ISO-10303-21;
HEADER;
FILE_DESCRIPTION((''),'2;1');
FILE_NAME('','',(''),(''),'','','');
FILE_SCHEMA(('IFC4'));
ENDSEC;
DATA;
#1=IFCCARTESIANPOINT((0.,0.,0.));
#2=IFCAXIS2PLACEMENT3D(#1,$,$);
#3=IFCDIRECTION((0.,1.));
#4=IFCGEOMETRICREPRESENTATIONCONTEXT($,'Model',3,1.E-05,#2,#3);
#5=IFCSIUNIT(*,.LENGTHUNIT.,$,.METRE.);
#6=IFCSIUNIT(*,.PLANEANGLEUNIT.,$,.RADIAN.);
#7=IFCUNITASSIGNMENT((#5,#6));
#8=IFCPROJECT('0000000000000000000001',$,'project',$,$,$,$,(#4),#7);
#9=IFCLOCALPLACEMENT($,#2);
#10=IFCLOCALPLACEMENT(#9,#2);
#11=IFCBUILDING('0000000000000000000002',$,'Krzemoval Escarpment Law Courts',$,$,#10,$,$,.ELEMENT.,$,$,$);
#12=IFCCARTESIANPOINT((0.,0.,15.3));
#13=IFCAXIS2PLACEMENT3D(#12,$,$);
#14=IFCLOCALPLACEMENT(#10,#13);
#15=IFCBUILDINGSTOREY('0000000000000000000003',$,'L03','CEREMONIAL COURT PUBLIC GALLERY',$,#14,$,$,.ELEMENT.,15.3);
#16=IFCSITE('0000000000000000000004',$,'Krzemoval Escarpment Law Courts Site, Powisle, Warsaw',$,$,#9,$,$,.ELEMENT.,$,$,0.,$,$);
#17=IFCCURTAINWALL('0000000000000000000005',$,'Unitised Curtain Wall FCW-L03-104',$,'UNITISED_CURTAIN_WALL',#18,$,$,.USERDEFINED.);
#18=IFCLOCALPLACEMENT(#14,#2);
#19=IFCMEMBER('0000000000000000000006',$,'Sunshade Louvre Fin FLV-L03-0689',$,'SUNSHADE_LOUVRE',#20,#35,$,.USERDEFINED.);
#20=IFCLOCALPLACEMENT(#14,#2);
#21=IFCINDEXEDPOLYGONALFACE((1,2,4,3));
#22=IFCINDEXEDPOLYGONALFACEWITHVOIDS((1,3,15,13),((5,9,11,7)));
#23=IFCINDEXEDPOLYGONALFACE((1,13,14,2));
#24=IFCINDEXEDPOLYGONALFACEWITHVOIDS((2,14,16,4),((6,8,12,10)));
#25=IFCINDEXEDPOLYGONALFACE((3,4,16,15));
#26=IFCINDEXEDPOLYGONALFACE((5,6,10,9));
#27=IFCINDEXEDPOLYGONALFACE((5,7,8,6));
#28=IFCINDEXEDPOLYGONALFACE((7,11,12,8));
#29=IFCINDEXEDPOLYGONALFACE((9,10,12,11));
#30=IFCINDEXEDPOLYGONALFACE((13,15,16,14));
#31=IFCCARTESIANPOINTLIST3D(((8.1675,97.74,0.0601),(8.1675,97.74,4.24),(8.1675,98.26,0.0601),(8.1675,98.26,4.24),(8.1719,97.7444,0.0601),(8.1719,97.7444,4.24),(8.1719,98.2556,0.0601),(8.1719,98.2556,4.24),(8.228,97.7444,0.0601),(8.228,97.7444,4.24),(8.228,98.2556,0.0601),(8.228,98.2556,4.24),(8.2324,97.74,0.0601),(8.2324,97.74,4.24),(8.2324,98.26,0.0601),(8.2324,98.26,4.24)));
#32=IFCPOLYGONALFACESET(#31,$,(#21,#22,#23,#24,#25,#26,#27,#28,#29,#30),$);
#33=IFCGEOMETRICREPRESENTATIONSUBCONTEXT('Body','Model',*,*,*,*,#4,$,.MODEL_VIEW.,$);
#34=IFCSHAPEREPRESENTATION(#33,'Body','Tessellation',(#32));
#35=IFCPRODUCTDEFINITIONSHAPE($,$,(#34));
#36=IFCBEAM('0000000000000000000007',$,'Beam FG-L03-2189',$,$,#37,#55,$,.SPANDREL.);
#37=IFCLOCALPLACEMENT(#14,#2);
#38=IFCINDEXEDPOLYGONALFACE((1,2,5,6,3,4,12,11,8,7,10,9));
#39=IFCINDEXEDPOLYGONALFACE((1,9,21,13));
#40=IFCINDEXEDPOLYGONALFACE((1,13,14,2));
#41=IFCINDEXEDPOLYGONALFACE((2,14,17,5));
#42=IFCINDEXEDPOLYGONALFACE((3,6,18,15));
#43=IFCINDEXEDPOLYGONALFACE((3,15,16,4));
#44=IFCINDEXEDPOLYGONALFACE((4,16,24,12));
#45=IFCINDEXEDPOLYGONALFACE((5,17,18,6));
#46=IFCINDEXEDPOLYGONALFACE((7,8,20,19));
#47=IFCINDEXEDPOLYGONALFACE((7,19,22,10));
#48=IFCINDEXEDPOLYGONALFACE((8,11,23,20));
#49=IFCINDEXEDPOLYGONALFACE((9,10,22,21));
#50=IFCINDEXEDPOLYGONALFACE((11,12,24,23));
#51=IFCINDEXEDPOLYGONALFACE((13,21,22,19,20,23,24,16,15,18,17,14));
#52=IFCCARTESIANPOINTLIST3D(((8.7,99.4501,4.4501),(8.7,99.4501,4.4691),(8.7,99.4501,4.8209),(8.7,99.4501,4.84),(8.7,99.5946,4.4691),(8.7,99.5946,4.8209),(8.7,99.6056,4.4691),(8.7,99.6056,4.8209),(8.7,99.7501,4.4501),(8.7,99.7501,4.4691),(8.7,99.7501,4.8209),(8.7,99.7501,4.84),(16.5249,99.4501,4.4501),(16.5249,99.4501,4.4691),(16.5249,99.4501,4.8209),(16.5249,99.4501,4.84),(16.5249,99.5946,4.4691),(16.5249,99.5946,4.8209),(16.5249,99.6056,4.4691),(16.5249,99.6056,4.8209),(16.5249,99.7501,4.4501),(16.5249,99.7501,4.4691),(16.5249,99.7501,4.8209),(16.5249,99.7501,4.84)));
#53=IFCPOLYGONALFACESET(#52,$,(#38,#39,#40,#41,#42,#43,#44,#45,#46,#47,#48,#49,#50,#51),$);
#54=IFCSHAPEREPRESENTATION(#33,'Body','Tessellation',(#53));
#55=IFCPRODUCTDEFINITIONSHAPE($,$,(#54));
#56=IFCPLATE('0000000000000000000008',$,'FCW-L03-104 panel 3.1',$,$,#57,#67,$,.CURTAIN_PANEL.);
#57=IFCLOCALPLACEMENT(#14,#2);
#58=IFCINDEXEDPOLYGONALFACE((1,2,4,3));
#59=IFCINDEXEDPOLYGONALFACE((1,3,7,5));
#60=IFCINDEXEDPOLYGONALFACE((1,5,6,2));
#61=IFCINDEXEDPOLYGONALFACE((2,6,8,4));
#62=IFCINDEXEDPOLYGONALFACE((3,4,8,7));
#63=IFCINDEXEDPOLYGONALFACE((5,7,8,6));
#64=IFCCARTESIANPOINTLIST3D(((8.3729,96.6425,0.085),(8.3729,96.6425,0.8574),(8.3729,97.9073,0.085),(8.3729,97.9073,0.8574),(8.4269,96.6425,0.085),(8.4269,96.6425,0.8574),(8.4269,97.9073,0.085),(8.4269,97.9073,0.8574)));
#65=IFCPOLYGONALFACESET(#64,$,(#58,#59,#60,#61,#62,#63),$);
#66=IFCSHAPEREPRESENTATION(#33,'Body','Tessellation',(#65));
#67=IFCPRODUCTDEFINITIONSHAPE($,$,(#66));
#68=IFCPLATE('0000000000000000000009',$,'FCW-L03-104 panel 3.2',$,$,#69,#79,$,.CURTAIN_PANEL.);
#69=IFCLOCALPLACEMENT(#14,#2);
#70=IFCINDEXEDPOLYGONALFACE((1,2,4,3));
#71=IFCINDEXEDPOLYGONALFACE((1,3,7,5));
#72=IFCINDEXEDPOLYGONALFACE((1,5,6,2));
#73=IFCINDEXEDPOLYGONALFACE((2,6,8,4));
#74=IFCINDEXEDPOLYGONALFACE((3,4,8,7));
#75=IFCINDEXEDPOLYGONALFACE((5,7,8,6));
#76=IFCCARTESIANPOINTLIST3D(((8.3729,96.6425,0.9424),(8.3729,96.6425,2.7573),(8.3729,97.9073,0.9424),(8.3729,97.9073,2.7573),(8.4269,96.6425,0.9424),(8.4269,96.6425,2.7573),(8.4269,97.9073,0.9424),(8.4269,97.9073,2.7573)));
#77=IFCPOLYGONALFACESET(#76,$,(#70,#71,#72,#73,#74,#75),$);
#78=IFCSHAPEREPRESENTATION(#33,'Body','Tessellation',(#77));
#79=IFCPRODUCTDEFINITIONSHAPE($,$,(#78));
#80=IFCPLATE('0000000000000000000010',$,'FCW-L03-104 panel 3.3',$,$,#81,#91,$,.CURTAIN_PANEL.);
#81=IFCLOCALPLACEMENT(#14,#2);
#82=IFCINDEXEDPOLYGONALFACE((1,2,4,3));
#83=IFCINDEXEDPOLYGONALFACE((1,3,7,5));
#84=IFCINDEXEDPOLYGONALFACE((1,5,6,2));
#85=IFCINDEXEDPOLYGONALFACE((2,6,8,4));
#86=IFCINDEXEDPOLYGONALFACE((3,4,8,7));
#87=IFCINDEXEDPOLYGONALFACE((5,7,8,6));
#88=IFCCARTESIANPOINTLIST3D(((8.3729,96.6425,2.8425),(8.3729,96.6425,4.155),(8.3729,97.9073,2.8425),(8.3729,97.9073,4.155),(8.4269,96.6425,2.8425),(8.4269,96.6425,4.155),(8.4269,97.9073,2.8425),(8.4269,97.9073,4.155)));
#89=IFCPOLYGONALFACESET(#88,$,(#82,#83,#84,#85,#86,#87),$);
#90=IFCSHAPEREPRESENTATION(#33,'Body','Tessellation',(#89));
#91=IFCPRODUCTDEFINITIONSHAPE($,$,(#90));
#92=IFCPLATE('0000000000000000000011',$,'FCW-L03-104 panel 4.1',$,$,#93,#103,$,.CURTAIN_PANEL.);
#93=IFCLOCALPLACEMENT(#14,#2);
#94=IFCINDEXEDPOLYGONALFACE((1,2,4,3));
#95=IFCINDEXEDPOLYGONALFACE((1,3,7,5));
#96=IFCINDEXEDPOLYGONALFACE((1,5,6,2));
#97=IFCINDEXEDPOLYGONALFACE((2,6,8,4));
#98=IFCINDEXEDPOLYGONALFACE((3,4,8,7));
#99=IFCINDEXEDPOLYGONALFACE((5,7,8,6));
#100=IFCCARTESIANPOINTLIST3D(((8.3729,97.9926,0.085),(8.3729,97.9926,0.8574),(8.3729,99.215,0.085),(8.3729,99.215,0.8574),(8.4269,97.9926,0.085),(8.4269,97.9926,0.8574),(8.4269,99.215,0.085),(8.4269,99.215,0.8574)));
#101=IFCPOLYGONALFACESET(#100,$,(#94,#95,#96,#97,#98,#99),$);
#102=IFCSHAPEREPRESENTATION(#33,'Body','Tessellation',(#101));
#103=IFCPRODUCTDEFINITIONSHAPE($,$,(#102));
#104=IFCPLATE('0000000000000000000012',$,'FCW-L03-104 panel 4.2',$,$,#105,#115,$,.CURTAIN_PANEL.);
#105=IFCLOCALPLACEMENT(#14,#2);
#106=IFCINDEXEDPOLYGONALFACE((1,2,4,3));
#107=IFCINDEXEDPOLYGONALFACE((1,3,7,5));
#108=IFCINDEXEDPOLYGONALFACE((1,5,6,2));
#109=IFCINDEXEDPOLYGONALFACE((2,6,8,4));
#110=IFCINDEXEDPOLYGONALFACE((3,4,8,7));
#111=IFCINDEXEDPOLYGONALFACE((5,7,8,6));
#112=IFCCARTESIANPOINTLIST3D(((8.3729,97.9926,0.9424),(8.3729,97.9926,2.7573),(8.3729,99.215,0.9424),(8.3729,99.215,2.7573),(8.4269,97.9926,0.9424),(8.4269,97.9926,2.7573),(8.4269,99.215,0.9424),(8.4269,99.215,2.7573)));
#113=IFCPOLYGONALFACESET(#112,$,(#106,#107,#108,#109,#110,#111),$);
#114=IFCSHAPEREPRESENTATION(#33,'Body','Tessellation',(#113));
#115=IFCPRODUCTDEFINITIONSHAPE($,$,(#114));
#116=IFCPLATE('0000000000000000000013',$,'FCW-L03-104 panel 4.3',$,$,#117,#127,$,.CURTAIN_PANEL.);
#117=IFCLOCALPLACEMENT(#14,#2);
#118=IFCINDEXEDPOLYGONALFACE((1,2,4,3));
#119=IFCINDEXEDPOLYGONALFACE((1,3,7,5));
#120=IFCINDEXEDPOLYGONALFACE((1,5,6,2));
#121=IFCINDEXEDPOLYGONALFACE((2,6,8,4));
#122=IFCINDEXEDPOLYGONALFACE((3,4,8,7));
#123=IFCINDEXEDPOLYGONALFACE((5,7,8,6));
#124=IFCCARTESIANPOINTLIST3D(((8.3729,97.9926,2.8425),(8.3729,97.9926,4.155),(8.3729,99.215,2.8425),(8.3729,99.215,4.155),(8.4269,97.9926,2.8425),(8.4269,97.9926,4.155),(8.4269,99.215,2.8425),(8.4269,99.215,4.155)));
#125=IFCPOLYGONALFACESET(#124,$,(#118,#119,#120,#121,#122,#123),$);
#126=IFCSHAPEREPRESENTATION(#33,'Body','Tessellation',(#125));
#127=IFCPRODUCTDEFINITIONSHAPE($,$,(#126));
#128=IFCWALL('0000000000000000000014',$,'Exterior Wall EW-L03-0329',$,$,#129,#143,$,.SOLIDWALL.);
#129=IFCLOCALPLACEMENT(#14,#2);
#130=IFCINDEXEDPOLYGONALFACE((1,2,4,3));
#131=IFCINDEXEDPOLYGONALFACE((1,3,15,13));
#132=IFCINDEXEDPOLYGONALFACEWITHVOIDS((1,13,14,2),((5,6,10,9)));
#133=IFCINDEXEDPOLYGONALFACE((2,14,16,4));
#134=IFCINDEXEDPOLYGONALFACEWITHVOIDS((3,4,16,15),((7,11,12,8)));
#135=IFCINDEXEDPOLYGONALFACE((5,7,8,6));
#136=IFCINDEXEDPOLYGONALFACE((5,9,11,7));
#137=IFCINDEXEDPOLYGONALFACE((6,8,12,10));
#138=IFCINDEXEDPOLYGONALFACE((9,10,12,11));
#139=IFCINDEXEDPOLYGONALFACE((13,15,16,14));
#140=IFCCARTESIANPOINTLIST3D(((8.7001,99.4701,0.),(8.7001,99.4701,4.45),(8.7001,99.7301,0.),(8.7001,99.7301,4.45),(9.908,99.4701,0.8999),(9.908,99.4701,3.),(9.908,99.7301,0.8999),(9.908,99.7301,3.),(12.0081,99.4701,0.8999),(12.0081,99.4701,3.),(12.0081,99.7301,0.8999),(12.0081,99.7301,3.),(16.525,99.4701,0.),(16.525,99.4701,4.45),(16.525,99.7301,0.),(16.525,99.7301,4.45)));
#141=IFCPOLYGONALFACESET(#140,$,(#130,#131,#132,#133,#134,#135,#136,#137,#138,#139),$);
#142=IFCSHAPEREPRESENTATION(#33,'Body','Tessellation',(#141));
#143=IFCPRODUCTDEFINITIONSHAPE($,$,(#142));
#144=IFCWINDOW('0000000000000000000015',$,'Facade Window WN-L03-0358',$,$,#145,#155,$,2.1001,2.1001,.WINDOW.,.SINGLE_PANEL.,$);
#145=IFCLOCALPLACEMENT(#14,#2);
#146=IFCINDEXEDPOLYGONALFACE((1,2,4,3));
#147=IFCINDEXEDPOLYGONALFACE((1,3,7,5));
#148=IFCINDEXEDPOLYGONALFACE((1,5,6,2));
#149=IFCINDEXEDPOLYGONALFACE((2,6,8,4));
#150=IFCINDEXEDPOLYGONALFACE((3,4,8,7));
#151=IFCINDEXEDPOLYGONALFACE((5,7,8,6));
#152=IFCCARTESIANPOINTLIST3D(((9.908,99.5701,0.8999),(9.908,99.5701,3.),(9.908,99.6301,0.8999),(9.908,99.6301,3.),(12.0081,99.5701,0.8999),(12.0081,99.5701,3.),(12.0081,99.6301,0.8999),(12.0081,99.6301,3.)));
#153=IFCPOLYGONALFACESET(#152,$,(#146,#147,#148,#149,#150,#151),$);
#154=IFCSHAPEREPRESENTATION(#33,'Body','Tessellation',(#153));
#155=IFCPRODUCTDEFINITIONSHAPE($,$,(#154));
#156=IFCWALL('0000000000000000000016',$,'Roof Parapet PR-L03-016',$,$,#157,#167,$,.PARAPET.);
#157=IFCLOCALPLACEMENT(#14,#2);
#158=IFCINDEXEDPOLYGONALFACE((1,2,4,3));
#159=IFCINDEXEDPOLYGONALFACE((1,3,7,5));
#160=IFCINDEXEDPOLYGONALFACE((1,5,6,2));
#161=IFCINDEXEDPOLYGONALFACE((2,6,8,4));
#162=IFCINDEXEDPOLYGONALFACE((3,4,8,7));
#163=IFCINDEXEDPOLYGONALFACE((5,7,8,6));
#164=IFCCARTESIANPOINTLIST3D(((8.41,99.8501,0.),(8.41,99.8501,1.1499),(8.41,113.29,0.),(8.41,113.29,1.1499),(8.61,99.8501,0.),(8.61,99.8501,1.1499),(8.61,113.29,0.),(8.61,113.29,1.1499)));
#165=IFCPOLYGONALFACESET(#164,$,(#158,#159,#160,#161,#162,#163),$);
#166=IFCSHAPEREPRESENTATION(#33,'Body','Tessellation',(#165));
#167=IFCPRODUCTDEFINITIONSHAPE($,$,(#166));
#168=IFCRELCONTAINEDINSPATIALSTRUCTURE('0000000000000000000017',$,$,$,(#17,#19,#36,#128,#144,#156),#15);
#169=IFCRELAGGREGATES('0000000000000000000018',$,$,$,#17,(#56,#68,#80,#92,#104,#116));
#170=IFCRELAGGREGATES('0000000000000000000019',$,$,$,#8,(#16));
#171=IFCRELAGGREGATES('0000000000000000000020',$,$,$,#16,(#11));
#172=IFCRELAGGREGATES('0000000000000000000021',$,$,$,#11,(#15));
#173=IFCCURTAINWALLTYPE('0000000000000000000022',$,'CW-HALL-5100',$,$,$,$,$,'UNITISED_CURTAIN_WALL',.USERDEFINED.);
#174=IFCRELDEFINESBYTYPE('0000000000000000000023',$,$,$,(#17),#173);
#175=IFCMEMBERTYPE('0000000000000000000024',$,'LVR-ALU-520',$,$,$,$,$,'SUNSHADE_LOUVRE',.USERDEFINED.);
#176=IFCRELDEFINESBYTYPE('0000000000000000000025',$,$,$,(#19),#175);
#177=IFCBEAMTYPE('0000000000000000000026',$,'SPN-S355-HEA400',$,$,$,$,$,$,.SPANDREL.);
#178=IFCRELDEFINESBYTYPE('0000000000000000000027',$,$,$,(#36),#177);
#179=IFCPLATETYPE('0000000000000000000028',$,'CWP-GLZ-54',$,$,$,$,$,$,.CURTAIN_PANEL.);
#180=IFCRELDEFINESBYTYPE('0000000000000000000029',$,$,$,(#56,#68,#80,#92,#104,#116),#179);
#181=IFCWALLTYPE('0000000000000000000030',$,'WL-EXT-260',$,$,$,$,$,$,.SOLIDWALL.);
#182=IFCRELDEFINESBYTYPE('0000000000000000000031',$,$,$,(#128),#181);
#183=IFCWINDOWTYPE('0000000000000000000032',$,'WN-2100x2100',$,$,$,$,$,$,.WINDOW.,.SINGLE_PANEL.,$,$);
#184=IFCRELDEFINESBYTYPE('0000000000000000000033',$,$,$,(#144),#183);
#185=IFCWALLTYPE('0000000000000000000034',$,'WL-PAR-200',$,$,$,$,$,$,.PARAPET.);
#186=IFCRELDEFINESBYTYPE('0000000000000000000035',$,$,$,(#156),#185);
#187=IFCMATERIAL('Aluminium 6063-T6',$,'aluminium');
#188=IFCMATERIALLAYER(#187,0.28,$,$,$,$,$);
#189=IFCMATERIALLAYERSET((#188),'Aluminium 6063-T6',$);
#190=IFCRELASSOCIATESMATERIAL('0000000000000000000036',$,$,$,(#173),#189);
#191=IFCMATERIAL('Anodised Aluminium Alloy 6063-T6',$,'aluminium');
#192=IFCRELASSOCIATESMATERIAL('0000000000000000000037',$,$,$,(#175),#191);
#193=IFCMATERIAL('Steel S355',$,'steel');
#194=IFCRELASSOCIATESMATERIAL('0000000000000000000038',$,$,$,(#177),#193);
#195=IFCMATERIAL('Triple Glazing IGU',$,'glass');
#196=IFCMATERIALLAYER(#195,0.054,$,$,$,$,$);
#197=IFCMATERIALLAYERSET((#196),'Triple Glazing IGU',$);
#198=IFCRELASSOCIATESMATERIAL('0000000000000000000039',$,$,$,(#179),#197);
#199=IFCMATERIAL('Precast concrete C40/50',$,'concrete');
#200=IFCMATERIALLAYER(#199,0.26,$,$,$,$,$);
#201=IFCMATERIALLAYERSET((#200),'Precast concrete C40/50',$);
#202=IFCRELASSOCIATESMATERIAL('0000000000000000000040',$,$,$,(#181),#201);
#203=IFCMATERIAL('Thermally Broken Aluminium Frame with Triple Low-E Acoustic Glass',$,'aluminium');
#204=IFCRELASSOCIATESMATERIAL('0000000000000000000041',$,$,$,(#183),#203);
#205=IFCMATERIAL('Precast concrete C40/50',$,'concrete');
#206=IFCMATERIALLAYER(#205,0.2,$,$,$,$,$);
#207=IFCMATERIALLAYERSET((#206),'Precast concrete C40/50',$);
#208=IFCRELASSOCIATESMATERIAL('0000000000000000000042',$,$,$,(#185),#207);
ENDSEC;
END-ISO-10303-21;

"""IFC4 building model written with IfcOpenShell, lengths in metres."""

from ifc_helpers import new_model, si_unit, direction, frame, frame_2d, origin, origin_2d, place, context, subcontext, project, spatial, rectangle, hollow_rectangle, i_section, extrude, material, layer, layer_set, material_profile, profile_set, type_object, element, fill, aggregate, save


model = new_model("IFC4")

# Units and contexts
model_context = context("Model", 3, precision=1e-05, world=origin(), true_north=direction((0.0, 1.0)))
body_context = subcontext(model_context, "Body", "Model", "MODEL_VIEW")
ifc_project = project(units=[si_unit("LENGTHUNIT", "METRE"), si_unit("PLANEANGLEUNIT", "RADIAN")], contexts=[model_context])

# Site, building, storey
site_placement = place(None, origin())
site = spatial("IfcSite", under=ifc_project, at=site_placement, Name="Krzemoval Escarpment Law Courts Site, Powisle, Warsaw", CompositionType="ELEMENT", RefElevation=0.0)
building_placement = place(site_placement, origin())
building = spatial("IfcBuilding", under=site, at=building_placement, Name="Krzemoval Escarpment Law Courts", CompositionType="ELEMENT")
storey_placement = place(building_placement, frame((0.0, 0.0, 15.3)))
storey = spatial("IfcBuildingStorey", under=building, at=storey_placement, Name="L03", Description="CEREMONIAL COURT PUBLIC GALLERY", CompositionType="ELEMENT", Elevation=15.3)

# Curtain wall
ifc_material_1 = material(Name="Aluminium 6063-T6", Category="aluminium")
ifc_layer_1 = layer(ifc_material_1, 0.28)
ifc_layer_set_1 = layer_set([ifc_layer_1], Name="Aluminium 6063-T6")
curtain_wall_type = type_object("IfcCurtainWallType", Name="CW-HALL-5100", ElementType="UNITISED_CURTAIN_WALL", PredefinedType="USERDEFINED", material=ifc_layer_set_1)
curtain_wall_placement = place(storey_placement, origin())
curtain_wall = element("IfcCurtainWall", 1, at=curtain_wall_placement, inside=storey, type_object=curtain_wall_type, Name="Unitised Curtain Wall FCW-L03-104", ObjectType="UNITISED_CURTAIN_WALL", PredefinedType="USERDEFINED")

# Member
ifc_material_2 = material(Name="Anodised Aluminium Alloy 6063-T6", Category="aluminium")
ifc_material_profile_1 = material_profile(ifc_material_2, hollow_rectangle(XDim=0.0649, YDim=0.52, WallThickness=0.0044, at=origin_2d()), Name="ALU LVR 65x520")
ifc_profile_set_1 = profile_set([ifc_material_profile_1], Name="Anodised Aluminium Alloy 6063-T6")
member_type_1 = type_object("IfcMemberType", Name="LVR-ALU-520", ElementType="SUNSHADE_LOUVRE", PredefinedType="USERDEFINED", material=ifc_profile_set_1)
for number, where, z_axis, x_axis, name in (
    (2, (8.2, 98.0, 0.0601), (0.0, 0.0, 1.0), (1.0, 0.0, 0.0), "Sunshade Louvre Fin FLV-L03-0689"),
):
    element("IfcMember", number, at=place(storey_placement, frame(where, z_axis=z_axis, x_axis=x_axis)), inside=storey, type_object=member_type_1, Name=name, ObjectType="SUNSHADE_LOUVRE", PredefinedType="USERDEFINED", context=body_context, shape_type="SweptSolid", body=[
        extrude(hollow_rectangle(XDim=0.0649, YDim=0.52, WallThickness=0.0044, at=origin_2d()), origin(), (0.0, 0.0, 1.0), 4.1799),
    ])

# Beam
ifc_material_3 = material(Name="Steel S355", Category="steel")
ifc_material_profile_2 = material_profile(ifc_material_3, i_section(OverallWidth=0.3, OverallDepth=0.3899, WebThickness=0.011, FlangeThickness=0.019, at=origin_2d()), Name="HEA 400")
ifc_profile_set_2 = profile_set([ifc_material_profile_2], Name="Steel S355")
beam_type = type_object("IfcBeamType", Name="SPN-S355-HEA400", PredefinedType="SPANDREL", material=ifc_profile_set_2)
beam_placement = place(storey_placement, frame((8.7, 99.6001, 4.645), z_axis=(1.0, 0.0, 0.0), x_axis=(0.0, 1.0, 0.0)))
element("IfcBeam", 3, at=beam_placement, inside=storey, type_object=beam_type, Name="Beam FG-L03-2189", PredefinedType="SPANDREL", context=body_context, shape_type="SweptSolid", body=[
    extrude(i_section(OverallWidth=0.3, OverallDepth=0.3899, WebThickness=0.011, FlangeThickness=0.019, at=origin_2d()), origin(), (0.0, 0.0, 1.0), 7.825),
])

# Plates
ifc_material_4 = material(Name="Triple Glazing IGU", Category="glass")
ifc_layer_2 = layer(ifc_material_4, 0.054)
ifc_layer_set_2 = layer_set([ifc_layer_2], Name="Triple Glazing IGU")
plate_type = type_object("IfcPlateType", Name="CWP-GLZ-54", PredefinedType="CURTAIN_PANEL", material=ifc_layer_set_2)
plate_1_placement = place(storey_placement, frame((8.3999, 97.2749, 0.085), z_axis=(0.0, 0.0, 1.0), x_axis=(0.0, 1.0, 0.0)))
plate_1 = element("IfcPlate", 4, at=plate_1_placement, type_object=plate_type, Name="FCW-L03-104 panel 3.1", PredefinedType="CURTAIN_PANEL", context=body_context, shape_type="SweptSolid", body=[
    extrude(rectangle(XDim=1.2649, YDim=0.054, at=origin_2d()), origin(), (0.0, 0.0, 1.0), 0.7725),
])
plate_2_placement = place(storey_placement, frame((8.3999, 97.2749, 0.9424), z_axis=(0.0, 0.0, 1.0), x_axis=(0.0, 1.0, 0.0)))
plate_2 = element("IfcPlate", 5, at=plate_2_placement, type_object=plate_type, Name="FCW-L03-104 panel 3.2", PredefinedType="CURTAIN_PANEL", context=body_context, shape_type="SweptSolid", body=[
    extrude(rectangle(XDim=1.2649, YDim=0.054, at=origin_2d()), origin(), (0.0, 0.0, 1.0), 1.8149),
])
plate_3_placement = place(storey_placement, frame((8.3999, 97.2749, 2.8425), z_axis=(0.0, 0.0, 1.0), x_axis=(0.0, 1.0, 0.0)))
plate_3 = element("IfcPlate", 6, at=plate_3_placement, type_object=plate_type, Name="FCW-L03-104 panel 3.3", PredefinedType="CURTAIN_PANEL", context=body_context, shape_type="SweptSolid", body=[
    extrude(rectangle(XDim=1.2649, YDim=0.054, at=origin_2d()), origin(), (0.0, 0.0, 1.0), 1.3125),
])
plate_4_placement = place(storey_placement, frame((8.3999, 98.6038, 0.085), z_axis=(0.0, 0.0, 1.0), x_axis=(0.0, 1.0, 0.0)))
plate_4 = element("IfcPlate", 7, at=plate_4_placement, type_object=plate_type, Name="FCW-L03-104 panel 4.1", PredefinedType="CURTAIN_PANEL", context=body_context, shape_type="SweptSolid", body=[
    extrude(rectangle(XDim=1.2224, YDim=0.054, at=origin_2d()), origin(), (0.0, 0.0, 1.0), 0.7725),
])
plate_5_placement = place(storey_placement, frame((8.3999, 98.6038, 0.9424), z_axis=(0.0, 0.0, 1.0), x_axis=(0.0, 1.0, 0.0)))
plate_5 = element("IfcPlate", 8, at=plate_5_placement, type_object=plate_type, Name="FCW-L03-104 panel 4.2", PredefinedType="CURTAIN_PANEL", context=body_context, shape_type="SweptSolid", body=[
    extrude(rectangle(XDim=1.2224, YDim=0.054, at=origin_2d()), origin(), (0.0, 0.0, 1.0), 1.8149),
])
plate_6_placement = place(storey_placement, frame((8.3999, 98.6038, 2.8425), z_axis=(0.0, 0.0, 1.0), x_axis=(0.0, 1.0, 0.0)))
plate_6 = element("IfcPlate", 9, at=plate_6_placement, type_object=plate_type, Name="FCW-L03-104 panel 4.3", PredefinedType="CURTAIN_PANEL", context=body_context, shape_type="SweptSolid", body=[
    extrude(rectangle(XDim=1.2224, YDim=0.054, at=origin_2d()), origin(), (0.0, 0.0, 1.0), 1.3125),
])
aggregate(curtain_wall, [plate_1, plate_2, plate_3, plate_4, plate_5, plate_6])

# Wall, opening, window
ifc_material_5 = material(Name="Precast concrete C40/50", Category="concrete")
ifc_layer_3 = layer(ifc_material_5, 0.26)
ifc_layer_set_3 = layer_set([ifc_layer_3], Name="Precast concrete C40/50")
wall_type_1 = type_object("IfcWallType", Name="WL-EXT-260", PredefinedType="SOLIDWALL", material=ifc_layer_set_3)
wall_1_placement = place(storey_placement, frame((8.7, 99.6001, 0.0), z_axis=(0.0, 0.0, 1.0), x_axis=(1.0, 0.0, 0.0)))
wall_1 = element("IfcWall", 10, at=wall_1_placement, inside=storey, type_object=wall_type_1, Name="Exterior Wall EW-L03-0329", PredefinedType="SOLIDWALL", context=body_context, shape_type="SweptSolid", body=[
    extrude(rectangle(XDim=7.825, YDim=0.26, at=frame_2d((3.9126, 0.0))), origin(), (0.0, 0.0, 1.0), 4.45),
])
opening_placement = place(wall_1_placement, frame((1.208, 0.0, 0.8999)))
opening = element("IfcOpeningElement", 11, at=opening_placement, cuts=wall_1, PredefinedType="OPENING", context=body_context, shape_type="SweptSolid", body=[
    extrude(rectangle(XDim=2.1001, YDim=2.1001, at=frame_2d((1.05, 1.05))), frame((0.0, 0.145, 0.0), z_axis=(0.0, -1.0, 0.0), x_axis=(1.0, 0.0, 0.0)), (0.0, 0.0, 1.0), 0.29),
])
ifc_material_6 = material(Name="Thermally Broken Aluminium Frame with Triple Low-E Acoustic Glass", Category="aluminium")
window_type = type_object("IfcWindowType", Name="WN-2100x2100", PartitioningType="SINGLE_PANEL", PredefinedType="WINDOW", material=ifc_material_6)
window_placement = place(opening_placement, origin())
window = element("IfcWindow", 12, at=window_placement, inside=storey, type_object=window_type, Name="Facade Window WN-L03-0358", OverallHeight=2.1001, OverallWidth=2.1001, PartitioningType="SINGLE_PANEL", PredefinedType="WINDOW", context=body_context, shape_type="SweptSolid", body=[
    extrude(rectangle(XDim=2.1001, YDim=2.1001, at=frame_2d((1.05, 1.05))), frame((0.0, 0.03, 0.0), z_axis=(0.0, -1.0, 0.0), x_axis=(1.0, 0.0, 0.0)), (0.0, 0.0, 1.0), 0.0601),
])
fill(opening, window)

# Wall
ifc_material_7 = material(Name="Precast concrete C40/50", Category="concrete")
ifc_layer_4 = layer(ifc_material_7, 0.2)
ifc_layer_set_4 = layer_set([ifc_layer_4], Name="Precast concrete C40/50")
wall_type_2 = type_object("IfcWallType", Name="WL-PAR-200", PredefinedType="PARAPET", material=ifc_layer_set_4)
wall_2_placement = place(storey_placement, frame((8.51, 113.29, 0.0), z_axis=(0.0, 0.0, 1.0), x_axis=(0.0, -1.0, 0.0)))
element("IfcWall", 13, at=wall_2_placement, inside=storey, type_object=wall_type_2, Name="Roof Parapet PR-L03-016", PredefinedType="PARAPET", context=body_context, shape_type="SweptSolid", body=[
    extrude(rectangle(XDim=13.4399, YDim=0.2, at=frame_2d((6.72, 0.0))), origin(), (0.0, 0.0, 1.0), 1.1499),
])

save(model, "model.ifc")
